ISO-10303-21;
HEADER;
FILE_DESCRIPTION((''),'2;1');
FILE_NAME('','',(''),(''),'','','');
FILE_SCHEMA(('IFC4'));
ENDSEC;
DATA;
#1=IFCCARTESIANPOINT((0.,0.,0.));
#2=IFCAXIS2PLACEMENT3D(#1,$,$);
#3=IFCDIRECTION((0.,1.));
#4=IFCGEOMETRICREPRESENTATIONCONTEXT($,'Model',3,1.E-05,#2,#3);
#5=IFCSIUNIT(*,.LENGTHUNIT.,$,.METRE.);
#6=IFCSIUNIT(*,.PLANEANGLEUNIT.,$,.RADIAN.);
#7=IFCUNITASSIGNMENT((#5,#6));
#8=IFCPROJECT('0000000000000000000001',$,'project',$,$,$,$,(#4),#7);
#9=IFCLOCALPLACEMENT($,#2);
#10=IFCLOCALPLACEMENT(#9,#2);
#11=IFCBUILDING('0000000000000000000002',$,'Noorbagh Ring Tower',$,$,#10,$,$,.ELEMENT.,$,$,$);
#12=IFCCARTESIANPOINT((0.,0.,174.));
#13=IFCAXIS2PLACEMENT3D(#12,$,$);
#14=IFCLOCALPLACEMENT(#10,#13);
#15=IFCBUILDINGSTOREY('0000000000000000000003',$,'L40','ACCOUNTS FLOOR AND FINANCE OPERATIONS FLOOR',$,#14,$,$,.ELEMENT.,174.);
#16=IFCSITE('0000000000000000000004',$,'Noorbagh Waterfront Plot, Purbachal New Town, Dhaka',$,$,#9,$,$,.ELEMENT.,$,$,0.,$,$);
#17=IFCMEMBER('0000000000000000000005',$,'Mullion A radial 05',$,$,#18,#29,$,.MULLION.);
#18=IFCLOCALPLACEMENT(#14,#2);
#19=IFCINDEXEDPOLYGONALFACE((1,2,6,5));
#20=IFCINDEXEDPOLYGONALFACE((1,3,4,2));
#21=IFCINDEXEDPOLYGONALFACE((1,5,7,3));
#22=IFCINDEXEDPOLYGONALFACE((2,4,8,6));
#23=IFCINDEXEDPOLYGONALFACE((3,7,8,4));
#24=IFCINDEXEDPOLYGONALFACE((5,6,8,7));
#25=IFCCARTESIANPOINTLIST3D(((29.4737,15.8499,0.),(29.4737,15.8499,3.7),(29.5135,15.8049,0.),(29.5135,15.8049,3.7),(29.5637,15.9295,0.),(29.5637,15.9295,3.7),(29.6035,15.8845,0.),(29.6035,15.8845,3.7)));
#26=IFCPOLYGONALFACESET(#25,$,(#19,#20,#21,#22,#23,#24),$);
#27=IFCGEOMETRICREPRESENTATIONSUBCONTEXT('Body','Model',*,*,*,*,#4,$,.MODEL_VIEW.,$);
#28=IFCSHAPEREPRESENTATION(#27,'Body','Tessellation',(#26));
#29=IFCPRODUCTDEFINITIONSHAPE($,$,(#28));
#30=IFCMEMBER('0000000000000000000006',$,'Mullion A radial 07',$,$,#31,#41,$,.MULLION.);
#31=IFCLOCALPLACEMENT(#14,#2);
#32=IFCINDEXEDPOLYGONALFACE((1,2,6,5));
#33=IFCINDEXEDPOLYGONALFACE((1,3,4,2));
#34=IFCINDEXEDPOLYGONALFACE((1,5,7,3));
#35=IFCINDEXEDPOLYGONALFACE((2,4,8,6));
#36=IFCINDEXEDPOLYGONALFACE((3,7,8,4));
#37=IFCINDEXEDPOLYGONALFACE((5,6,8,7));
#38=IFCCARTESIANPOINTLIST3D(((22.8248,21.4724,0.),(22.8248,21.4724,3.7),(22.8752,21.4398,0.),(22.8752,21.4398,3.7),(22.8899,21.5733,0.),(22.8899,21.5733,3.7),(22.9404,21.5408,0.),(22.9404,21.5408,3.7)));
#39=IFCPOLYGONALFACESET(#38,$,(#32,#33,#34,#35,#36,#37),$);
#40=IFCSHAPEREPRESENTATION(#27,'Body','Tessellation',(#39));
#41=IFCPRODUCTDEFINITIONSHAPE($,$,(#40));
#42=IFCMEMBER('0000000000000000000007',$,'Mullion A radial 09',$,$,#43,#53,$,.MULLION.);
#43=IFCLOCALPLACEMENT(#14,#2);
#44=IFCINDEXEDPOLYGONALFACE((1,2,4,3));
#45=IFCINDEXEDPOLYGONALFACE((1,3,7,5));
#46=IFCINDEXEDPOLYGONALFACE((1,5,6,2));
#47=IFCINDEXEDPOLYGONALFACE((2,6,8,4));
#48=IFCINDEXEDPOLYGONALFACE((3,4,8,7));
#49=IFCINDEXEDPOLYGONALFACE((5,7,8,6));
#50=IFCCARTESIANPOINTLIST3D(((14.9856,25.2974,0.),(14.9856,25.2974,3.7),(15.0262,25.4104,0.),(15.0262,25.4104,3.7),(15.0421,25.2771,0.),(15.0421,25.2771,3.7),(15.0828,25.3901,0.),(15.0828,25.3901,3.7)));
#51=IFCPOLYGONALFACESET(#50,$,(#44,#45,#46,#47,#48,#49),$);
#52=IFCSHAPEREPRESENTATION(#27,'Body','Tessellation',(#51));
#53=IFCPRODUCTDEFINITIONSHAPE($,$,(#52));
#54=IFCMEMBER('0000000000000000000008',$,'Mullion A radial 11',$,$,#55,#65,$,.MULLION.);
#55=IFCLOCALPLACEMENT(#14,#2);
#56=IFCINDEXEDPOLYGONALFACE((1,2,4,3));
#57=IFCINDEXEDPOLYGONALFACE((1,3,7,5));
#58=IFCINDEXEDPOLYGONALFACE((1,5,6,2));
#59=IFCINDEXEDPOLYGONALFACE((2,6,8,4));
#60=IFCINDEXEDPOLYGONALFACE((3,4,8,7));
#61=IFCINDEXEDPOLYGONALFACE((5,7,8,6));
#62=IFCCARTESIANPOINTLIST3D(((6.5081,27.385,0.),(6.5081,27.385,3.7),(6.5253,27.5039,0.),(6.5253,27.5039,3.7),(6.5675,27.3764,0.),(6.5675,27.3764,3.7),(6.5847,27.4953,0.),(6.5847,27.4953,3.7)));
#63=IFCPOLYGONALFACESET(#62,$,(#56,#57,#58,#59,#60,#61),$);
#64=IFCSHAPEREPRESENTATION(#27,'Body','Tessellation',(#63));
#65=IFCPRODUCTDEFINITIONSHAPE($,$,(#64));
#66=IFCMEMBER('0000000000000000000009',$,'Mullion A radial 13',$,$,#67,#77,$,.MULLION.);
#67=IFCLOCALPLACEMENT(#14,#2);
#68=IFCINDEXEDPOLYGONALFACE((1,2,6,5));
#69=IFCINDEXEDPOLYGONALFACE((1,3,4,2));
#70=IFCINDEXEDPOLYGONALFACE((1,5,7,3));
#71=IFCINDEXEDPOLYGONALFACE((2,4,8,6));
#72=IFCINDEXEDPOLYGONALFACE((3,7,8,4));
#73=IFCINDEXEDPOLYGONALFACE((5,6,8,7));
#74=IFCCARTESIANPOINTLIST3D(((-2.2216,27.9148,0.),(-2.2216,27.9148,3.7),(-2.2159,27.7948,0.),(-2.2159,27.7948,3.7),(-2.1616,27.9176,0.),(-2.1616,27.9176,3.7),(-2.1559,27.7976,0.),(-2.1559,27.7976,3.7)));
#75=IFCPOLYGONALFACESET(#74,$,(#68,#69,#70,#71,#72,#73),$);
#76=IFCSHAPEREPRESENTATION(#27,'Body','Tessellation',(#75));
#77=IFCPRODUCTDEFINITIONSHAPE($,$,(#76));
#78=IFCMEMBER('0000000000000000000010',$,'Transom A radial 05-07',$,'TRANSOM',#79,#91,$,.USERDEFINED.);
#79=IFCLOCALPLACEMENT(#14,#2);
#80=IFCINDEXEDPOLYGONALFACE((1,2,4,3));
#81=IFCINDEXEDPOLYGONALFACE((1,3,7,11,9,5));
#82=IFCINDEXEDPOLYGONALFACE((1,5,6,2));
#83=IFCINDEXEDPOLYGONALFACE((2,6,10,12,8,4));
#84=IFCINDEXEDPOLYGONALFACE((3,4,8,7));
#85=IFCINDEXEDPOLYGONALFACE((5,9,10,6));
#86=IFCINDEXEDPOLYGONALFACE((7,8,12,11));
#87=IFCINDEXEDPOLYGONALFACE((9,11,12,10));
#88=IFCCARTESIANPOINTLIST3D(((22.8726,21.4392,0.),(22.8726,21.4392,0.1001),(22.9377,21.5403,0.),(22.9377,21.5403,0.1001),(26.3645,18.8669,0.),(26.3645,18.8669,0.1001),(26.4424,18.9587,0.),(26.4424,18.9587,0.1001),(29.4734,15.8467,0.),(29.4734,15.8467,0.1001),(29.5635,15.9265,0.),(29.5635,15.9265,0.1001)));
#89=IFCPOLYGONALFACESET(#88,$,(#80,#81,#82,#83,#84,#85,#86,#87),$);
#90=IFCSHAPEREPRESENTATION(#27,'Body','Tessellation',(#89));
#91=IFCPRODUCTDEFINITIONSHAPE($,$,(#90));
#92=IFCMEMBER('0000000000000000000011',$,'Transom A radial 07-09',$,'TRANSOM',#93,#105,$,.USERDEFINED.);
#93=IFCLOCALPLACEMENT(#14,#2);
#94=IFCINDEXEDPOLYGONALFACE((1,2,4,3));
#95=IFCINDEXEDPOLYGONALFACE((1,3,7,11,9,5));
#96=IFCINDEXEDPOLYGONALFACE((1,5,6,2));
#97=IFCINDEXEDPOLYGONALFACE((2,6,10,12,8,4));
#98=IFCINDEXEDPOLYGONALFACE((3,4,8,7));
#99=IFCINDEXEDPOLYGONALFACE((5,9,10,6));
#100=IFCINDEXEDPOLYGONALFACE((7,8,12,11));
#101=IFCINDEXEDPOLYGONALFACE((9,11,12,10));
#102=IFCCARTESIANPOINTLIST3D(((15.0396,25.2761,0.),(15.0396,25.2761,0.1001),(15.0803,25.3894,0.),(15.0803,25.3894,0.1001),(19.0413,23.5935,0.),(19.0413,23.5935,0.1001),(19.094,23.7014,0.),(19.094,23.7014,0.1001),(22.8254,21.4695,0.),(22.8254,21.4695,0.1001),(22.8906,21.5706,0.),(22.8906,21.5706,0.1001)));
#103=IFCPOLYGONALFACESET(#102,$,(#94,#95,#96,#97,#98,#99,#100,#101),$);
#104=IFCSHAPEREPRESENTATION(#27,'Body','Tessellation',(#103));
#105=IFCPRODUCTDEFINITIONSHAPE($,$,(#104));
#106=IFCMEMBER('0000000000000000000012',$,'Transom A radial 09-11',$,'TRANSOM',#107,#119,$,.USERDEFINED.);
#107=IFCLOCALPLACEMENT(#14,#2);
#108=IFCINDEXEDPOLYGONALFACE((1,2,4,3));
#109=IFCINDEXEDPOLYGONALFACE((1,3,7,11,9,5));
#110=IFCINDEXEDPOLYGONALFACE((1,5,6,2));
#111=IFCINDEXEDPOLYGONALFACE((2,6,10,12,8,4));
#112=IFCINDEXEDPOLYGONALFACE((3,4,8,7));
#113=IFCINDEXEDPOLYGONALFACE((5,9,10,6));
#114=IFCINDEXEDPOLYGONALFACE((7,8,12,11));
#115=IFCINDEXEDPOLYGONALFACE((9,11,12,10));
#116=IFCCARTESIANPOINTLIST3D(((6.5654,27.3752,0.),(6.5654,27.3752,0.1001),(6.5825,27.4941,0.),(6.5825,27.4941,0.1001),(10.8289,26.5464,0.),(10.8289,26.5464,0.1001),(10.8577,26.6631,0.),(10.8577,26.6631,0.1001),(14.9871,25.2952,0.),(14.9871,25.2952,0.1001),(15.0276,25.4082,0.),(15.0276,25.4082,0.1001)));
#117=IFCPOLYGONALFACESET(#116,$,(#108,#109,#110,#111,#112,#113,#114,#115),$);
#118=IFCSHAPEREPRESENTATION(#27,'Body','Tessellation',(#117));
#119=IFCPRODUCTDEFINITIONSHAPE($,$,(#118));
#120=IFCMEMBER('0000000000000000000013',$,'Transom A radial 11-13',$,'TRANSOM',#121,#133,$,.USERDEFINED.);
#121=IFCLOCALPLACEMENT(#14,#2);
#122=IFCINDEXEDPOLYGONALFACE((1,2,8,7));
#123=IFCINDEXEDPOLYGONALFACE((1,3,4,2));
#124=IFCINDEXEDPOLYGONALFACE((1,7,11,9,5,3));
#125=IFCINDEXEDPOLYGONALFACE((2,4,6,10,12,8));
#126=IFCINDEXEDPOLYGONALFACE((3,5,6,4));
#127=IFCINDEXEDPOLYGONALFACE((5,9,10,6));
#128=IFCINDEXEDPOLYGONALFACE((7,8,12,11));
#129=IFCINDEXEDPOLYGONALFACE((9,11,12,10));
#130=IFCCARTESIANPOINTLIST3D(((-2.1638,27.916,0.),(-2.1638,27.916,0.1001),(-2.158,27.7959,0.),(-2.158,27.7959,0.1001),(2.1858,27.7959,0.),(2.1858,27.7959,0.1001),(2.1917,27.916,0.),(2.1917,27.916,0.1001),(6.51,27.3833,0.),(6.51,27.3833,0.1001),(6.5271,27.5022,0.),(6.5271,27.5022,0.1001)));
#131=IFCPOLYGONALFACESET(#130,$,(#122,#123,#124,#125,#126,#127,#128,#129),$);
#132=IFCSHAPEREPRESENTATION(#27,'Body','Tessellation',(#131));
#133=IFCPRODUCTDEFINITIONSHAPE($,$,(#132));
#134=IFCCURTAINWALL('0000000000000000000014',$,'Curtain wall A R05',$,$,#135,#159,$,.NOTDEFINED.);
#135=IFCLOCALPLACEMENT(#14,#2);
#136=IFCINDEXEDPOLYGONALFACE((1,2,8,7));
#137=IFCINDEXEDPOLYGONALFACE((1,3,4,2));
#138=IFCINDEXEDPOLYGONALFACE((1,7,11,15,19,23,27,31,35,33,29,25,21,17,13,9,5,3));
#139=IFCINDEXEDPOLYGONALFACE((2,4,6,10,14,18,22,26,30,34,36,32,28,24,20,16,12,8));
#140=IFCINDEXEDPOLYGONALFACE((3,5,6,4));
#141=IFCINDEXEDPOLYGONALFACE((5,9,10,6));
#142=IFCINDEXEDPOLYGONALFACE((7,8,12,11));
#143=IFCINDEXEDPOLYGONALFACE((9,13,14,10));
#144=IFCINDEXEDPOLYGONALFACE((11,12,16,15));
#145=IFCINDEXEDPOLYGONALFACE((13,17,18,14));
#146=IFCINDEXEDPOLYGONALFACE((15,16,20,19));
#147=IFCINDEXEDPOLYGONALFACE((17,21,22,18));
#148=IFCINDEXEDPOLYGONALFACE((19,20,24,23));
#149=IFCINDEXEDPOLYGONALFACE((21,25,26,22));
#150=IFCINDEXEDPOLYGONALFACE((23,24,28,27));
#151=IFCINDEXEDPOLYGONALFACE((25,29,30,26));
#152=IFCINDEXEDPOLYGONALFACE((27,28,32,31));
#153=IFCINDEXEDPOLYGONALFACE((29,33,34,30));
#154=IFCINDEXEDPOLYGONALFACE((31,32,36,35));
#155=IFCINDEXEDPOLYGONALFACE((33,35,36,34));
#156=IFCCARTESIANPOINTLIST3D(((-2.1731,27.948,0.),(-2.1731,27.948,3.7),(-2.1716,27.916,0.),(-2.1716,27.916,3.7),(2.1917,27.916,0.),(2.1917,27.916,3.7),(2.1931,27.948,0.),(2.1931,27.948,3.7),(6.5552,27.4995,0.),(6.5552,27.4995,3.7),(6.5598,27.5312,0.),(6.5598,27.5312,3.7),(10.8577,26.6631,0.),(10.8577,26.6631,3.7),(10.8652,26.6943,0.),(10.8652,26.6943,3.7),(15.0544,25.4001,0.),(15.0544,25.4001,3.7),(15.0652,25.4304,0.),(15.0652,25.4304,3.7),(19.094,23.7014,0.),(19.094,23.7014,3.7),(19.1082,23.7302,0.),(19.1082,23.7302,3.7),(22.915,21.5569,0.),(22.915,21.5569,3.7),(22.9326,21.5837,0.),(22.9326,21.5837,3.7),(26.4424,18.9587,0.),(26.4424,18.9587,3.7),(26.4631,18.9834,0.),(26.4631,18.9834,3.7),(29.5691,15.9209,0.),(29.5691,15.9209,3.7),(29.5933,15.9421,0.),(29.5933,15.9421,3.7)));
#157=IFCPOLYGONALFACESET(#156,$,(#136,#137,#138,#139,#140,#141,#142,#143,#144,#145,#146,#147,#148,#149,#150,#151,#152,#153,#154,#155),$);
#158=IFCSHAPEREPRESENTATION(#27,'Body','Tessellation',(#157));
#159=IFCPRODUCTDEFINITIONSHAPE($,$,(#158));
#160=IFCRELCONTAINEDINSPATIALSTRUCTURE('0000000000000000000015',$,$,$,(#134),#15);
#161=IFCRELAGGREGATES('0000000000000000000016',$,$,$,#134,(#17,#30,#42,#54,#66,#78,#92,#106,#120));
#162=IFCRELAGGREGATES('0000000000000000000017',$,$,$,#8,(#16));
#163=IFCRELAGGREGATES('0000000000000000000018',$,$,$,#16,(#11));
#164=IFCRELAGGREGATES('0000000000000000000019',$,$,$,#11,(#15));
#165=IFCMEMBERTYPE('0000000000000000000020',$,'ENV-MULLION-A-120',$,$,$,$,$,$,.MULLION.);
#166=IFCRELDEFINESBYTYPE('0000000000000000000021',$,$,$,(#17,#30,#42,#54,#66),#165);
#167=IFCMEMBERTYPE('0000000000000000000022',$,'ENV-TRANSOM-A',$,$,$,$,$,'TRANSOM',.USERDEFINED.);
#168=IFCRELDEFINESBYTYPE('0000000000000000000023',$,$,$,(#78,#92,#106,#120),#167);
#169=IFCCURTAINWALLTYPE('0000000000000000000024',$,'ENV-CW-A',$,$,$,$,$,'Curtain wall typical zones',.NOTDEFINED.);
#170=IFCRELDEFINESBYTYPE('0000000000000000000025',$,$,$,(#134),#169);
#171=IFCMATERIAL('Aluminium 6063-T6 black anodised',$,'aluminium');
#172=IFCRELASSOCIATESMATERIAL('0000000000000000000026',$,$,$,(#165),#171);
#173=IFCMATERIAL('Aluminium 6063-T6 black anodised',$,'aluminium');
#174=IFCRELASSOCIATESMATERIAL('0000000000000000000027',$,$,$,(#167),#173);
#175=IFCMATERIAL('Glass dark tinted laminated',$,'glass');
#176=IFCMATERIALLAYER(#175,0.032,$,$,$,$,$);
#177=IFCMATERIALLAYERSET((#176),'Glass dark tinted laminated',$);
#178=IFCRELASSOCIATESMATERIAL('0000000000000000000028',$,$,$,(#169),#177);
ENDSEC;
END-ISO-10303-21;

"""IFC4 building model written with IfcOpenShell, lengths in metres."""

from ifc_helpers import new_model, si_unit, direction, frame, origin, origin_2d, place, context, subcontext, project, spatial, polyline, rectangle, outline, extrude, material, layer, layer_set, material_profile, profile_set, type_object, element, aggregate, save


model = new_model("IFC4")

# Units and contexts
model_context = context("Model", 3, precision=1e-05, world=origin(), true_north=direction((0.0, 1.0)))
body_context = subcontext(model_context, "Body", "Model", "MODEL_VIEW")
ifc_project = project(units=[si_unit("LENGTHUNIT", "METRE"), si_unit("PLANEANGLEUNIT", "RADIAN")], contexts=[model_context])

# Members
ifc_material_1 = material(Name="Aluminium 6063-T6 black anodised", Category="aluminium")
ifc_material_profile = material_profile(ifc_material_1, rectangle(XDim=0.1201, YDim=0.0601, at=origin_2d()), Name="120x60")
ifc_profile_set = profile_set([ifc_material_profile], Name="Aluminium 6063-T6 black anodised")
member_type_1 = type_object("IfcMemberType", Name="ENV-MULLION-A-120", PredefinedType="MULLION", material=ifc_profile_set)
site_placement = place(None, origin())
building_placement = place(site_placement, origin())
storey_placement = place(building_placement, frame((0.0, 0.0, 174.0)))
member_1_placement = place(storey_placement, frame((29.5386, 15.8672, 0.0), z_axis=(0.0, 0.0, 1.0), x_axis=(-0.749047, -0.662517, 0.0)))
member_1 = element("IfcMember", 1, at=member_1_placement, type_object=member_type_1, Name="Mullion A radial 05", PredefinedType="MULLION", context=body_context, shape_type="SweptSolid", body=[
    extrude(rectangle(XDim=0.1201, YDim=0.0601, at=origin_2d()), origin(), (0.0, 0.0, 1.0), 3.7),
])
member_2_placement = place(storey_placement, frame((22.8826, 21.5066, 0.0), z_axis=(0.0, 0.0, 1.0), x_axis=(-0.542279, -0.840198, 0.0)))
member_2 = element("IfcMember", 2, at=member_2_placement, type_object=member_type_1, Name="Mullion A radial 07", PredefinedType="MULLION", context=body_context, shape_type="SweptSolid", body=[
    extrude(rectangle(XDim=0.1201, YDim=0.0601, at=origin_2d()), origin(), (0.0, 0.0, 1.0), 3.7),
])
member_3_placement = place(storey_placement, frame((15.0342, 25.3438, 0.0), z_axis=(0.0, 0.0, 1.0), x_axis=(-0.338379, -0.94101, 0.0)))
member_3 = element("IfcMember", 3, at=member_3_placement, type_object=member_type_1, Name="Mullion A radial 09", PredefinedType="MULLION", context=body_context, shape_type="SweptSolid", body=[
    extrude(rectangle(XDim=0.1201, YDim=0.0601, at=origin_2d()), origin(), (0.0, 0.0, 1.0), 3.7),
])
member_4_placement = place(storey_placement, frame((6.5464, 27.4402, 0.0), z_axis=(0.0, 0.0, 1.0), x_axis=(-0.143082, -0.989711, 0.0)))
member_4 = element("IfcMember", 4, at=member_4_placement, type_object=member_type_1, Name="Mullion A radial 11", PredefinedType="MULLION", context=body_context, shape_type="SweptSolid", body=[
    extrude(rectangle(XDim=0.1201, YDim=0.0601, at=origin_2d()), origin(), (0.0, 0.0, 1.0), 3.7),
])
member_5_placement = place(storey_placement, frame((-2.1887, 27.8562, 0.0), z_axis=(0.0, 0.0, 1.0), x_axis=(0.047558, -0.998868, 0.0)))
member_5 = element("IfcMember", 5, at=member_5_placement, type_object=member_type_1, Name="Mullion A radial 13", PredefinedType="MULLION", context=body_context, shape_type="SweptSolid", body=[
    extrude(rectangle(XDim=0.1201, YDim=0.0601, at=origin_2d()), origin(), (0.0, 0.0, 1.0), 3.7),
])
ifc_material_2 = material(Name="Aluminium 6063-T6 black anodised", Category="aluminium")
member_type_2 = type_object("IfcMemberType", Name="ENV-TRANSOM-A", ElementType="TRANSOM", PredefinedType="USERDEFINED", material=ifc_material_2)
member_6_placement = place(storey_placement, origin())
member_6 = element("IfcMember", 6, at=member_6_placement, type_object=member_type_2, Name="Transom A radial 05-07", ObjectType="TRANSOM", PredefinedType="USERDEFINED", context=body_context, shape_type="SweptSolid", body=[
    extrude(outline(polyline([(29.5635, 15.9265), (26.4424, 18.9587), (22.9377, 21.5403), (22.8726, 21.4392), (26.3645, 18.8669), (29.4734, 15.8467), (29.5635, 15.9265)])), origin(), (0.0, 0.0, 1.0), 0.1001),
])
member_7_placement = place(storey_placement, origin())
member_7 = element("IfcMember", 7, at=member_7_placement, type_object=member_type_2, Name="Transom A radial 07-09", ObjectType="TRANSOM", PredefinedType="USERDEFINED", context=body_context, shape_type="SweptSolid", body=[
    extrude(outline(polyline([(22.8906, 21.5706), (19.094, 23.7014), (15.0803, 25.3894), (15.0396, 25.2761), (19.0413, 23.5935), (22.8254, 21.4695), (22.8906, 21.5706)])), origin(), (0.0, 0.0, 1.0), 0.1001),
])
member_8_placement = place(storey_placement, origin())
member_8 = element("IfcMember", 8, at=member_8_placement, type_object=member_type_2, Name="Transom A radial 09-11", ObjectType="TRANSOM", PredefinedType="USERDEFINED", context=body_context, shape_type="SweptSolid", body=[
    extrude(outline(polyline([(15.0276, 25.4082), (10.8577, 26.6631), (6.5825, 27.4941), (6.5654, 27.3752), (10.8289, 26.5464), (14.9871, 25.2952), (15.0276, 25.4082)])), origin(), (0.0, 0.0, 1.0), 0.1001),
])
member_9_placement = place(storey_placement, origin())
member_9 = element("IfcMember", 9, at=member_9_placement, type_object=member_type_2, Name="Transom A radial 11-13", ObjectType="TRANSOM", PredefinedType="USERDEFINED", context=body_context, shape_type="SweptSolid", body=[
    extrude(outline(polyline([(6.5271, 27.5022), (2.1917, 27.916), (-2.1638, 27.916), (-2.158, 27.7959), (2.1858, 27.7959), (6.51, 27.3833), (6.5271, 27.5022)])), origin(), (0.0, 0.0, 1.0), 0.1001),
])

# Site, building, storey
site = spatial("IfcSite", under=ifc_project, at=site_placement, Name="Noorbagh Waterfront Plot, Purbachal New Town, Dhaka", CompositionType="ELEMENT", RefElevation=0.0)
building = spatial("IfcBuilding", under=site, at=building_placement, Name="Noorbagh Ring Tower", CompositionType="ELEMENT")
storey = spatial("IfcBuildingStorey", under=building, at=storey_placement, Name="L40", Description="ACCOUNTS FLOOR AND FINANCE OPERATIONS FLOOR", CompositionType="ELEMENT", Elevation=174.0)

# Curtain wall
ifc_material_3 = material(Name="Glass dark tinted laminated", Category="glass")
ifc_layer_1 = layer(ifc_material_3, 0.032)
ifc_layer_set_1 = layer_set([ifc_layer_1], Name="Glass dark tinted laminated")
curtain_wall_type = type_object("IfcCurtainWallType", Name="ENV-CW-A", ElementType="Curtain wall typical zones", PredefinedType="NOTDEFINED", material=ifc_layer_set_1)
curtain_wall_1_placement = place(storey_placement, origin())
curtain_wall_1 = element("IfcCurtainWall", 10, at=curtain_wall_1_placement, inside=storey, type_object=curtain_wall_type, Name="Curtain wall A R05", PredefinedType="NOTDEFINED", context=body_context, shape_type="SweptSolid", body=[
    extrude(outline(polyline([(29.5933, 15.9421), (26.4631, 18.9834), (22.9326, 21.5837), (19.1082, 23.7302), (15.0652, 25.4304), (10.8652, 26.6943), (6.5598, 27.5312), (2.1931, 27.948), (-2.1731, 27.948), (-2.1716, 27.916), (2.1917, 27.916), (6.5552, 27.4995), (10.8577, 26.6631), (15.0544, 25.4001), (19.094, 23.7014), (22.915, 21.5569), (26.4424, 18.9587), (29.5691, 15.9209), (29.5933, 15.9421)])), origin(), (0.0, 0.0, 1.0), 3.7),
])
aggregate(curtain_wall_1, [member_1, member_2, member_3, member_4, member_5, member_6, member_7, member_8, member_9])

save(model, "model.ifc")
